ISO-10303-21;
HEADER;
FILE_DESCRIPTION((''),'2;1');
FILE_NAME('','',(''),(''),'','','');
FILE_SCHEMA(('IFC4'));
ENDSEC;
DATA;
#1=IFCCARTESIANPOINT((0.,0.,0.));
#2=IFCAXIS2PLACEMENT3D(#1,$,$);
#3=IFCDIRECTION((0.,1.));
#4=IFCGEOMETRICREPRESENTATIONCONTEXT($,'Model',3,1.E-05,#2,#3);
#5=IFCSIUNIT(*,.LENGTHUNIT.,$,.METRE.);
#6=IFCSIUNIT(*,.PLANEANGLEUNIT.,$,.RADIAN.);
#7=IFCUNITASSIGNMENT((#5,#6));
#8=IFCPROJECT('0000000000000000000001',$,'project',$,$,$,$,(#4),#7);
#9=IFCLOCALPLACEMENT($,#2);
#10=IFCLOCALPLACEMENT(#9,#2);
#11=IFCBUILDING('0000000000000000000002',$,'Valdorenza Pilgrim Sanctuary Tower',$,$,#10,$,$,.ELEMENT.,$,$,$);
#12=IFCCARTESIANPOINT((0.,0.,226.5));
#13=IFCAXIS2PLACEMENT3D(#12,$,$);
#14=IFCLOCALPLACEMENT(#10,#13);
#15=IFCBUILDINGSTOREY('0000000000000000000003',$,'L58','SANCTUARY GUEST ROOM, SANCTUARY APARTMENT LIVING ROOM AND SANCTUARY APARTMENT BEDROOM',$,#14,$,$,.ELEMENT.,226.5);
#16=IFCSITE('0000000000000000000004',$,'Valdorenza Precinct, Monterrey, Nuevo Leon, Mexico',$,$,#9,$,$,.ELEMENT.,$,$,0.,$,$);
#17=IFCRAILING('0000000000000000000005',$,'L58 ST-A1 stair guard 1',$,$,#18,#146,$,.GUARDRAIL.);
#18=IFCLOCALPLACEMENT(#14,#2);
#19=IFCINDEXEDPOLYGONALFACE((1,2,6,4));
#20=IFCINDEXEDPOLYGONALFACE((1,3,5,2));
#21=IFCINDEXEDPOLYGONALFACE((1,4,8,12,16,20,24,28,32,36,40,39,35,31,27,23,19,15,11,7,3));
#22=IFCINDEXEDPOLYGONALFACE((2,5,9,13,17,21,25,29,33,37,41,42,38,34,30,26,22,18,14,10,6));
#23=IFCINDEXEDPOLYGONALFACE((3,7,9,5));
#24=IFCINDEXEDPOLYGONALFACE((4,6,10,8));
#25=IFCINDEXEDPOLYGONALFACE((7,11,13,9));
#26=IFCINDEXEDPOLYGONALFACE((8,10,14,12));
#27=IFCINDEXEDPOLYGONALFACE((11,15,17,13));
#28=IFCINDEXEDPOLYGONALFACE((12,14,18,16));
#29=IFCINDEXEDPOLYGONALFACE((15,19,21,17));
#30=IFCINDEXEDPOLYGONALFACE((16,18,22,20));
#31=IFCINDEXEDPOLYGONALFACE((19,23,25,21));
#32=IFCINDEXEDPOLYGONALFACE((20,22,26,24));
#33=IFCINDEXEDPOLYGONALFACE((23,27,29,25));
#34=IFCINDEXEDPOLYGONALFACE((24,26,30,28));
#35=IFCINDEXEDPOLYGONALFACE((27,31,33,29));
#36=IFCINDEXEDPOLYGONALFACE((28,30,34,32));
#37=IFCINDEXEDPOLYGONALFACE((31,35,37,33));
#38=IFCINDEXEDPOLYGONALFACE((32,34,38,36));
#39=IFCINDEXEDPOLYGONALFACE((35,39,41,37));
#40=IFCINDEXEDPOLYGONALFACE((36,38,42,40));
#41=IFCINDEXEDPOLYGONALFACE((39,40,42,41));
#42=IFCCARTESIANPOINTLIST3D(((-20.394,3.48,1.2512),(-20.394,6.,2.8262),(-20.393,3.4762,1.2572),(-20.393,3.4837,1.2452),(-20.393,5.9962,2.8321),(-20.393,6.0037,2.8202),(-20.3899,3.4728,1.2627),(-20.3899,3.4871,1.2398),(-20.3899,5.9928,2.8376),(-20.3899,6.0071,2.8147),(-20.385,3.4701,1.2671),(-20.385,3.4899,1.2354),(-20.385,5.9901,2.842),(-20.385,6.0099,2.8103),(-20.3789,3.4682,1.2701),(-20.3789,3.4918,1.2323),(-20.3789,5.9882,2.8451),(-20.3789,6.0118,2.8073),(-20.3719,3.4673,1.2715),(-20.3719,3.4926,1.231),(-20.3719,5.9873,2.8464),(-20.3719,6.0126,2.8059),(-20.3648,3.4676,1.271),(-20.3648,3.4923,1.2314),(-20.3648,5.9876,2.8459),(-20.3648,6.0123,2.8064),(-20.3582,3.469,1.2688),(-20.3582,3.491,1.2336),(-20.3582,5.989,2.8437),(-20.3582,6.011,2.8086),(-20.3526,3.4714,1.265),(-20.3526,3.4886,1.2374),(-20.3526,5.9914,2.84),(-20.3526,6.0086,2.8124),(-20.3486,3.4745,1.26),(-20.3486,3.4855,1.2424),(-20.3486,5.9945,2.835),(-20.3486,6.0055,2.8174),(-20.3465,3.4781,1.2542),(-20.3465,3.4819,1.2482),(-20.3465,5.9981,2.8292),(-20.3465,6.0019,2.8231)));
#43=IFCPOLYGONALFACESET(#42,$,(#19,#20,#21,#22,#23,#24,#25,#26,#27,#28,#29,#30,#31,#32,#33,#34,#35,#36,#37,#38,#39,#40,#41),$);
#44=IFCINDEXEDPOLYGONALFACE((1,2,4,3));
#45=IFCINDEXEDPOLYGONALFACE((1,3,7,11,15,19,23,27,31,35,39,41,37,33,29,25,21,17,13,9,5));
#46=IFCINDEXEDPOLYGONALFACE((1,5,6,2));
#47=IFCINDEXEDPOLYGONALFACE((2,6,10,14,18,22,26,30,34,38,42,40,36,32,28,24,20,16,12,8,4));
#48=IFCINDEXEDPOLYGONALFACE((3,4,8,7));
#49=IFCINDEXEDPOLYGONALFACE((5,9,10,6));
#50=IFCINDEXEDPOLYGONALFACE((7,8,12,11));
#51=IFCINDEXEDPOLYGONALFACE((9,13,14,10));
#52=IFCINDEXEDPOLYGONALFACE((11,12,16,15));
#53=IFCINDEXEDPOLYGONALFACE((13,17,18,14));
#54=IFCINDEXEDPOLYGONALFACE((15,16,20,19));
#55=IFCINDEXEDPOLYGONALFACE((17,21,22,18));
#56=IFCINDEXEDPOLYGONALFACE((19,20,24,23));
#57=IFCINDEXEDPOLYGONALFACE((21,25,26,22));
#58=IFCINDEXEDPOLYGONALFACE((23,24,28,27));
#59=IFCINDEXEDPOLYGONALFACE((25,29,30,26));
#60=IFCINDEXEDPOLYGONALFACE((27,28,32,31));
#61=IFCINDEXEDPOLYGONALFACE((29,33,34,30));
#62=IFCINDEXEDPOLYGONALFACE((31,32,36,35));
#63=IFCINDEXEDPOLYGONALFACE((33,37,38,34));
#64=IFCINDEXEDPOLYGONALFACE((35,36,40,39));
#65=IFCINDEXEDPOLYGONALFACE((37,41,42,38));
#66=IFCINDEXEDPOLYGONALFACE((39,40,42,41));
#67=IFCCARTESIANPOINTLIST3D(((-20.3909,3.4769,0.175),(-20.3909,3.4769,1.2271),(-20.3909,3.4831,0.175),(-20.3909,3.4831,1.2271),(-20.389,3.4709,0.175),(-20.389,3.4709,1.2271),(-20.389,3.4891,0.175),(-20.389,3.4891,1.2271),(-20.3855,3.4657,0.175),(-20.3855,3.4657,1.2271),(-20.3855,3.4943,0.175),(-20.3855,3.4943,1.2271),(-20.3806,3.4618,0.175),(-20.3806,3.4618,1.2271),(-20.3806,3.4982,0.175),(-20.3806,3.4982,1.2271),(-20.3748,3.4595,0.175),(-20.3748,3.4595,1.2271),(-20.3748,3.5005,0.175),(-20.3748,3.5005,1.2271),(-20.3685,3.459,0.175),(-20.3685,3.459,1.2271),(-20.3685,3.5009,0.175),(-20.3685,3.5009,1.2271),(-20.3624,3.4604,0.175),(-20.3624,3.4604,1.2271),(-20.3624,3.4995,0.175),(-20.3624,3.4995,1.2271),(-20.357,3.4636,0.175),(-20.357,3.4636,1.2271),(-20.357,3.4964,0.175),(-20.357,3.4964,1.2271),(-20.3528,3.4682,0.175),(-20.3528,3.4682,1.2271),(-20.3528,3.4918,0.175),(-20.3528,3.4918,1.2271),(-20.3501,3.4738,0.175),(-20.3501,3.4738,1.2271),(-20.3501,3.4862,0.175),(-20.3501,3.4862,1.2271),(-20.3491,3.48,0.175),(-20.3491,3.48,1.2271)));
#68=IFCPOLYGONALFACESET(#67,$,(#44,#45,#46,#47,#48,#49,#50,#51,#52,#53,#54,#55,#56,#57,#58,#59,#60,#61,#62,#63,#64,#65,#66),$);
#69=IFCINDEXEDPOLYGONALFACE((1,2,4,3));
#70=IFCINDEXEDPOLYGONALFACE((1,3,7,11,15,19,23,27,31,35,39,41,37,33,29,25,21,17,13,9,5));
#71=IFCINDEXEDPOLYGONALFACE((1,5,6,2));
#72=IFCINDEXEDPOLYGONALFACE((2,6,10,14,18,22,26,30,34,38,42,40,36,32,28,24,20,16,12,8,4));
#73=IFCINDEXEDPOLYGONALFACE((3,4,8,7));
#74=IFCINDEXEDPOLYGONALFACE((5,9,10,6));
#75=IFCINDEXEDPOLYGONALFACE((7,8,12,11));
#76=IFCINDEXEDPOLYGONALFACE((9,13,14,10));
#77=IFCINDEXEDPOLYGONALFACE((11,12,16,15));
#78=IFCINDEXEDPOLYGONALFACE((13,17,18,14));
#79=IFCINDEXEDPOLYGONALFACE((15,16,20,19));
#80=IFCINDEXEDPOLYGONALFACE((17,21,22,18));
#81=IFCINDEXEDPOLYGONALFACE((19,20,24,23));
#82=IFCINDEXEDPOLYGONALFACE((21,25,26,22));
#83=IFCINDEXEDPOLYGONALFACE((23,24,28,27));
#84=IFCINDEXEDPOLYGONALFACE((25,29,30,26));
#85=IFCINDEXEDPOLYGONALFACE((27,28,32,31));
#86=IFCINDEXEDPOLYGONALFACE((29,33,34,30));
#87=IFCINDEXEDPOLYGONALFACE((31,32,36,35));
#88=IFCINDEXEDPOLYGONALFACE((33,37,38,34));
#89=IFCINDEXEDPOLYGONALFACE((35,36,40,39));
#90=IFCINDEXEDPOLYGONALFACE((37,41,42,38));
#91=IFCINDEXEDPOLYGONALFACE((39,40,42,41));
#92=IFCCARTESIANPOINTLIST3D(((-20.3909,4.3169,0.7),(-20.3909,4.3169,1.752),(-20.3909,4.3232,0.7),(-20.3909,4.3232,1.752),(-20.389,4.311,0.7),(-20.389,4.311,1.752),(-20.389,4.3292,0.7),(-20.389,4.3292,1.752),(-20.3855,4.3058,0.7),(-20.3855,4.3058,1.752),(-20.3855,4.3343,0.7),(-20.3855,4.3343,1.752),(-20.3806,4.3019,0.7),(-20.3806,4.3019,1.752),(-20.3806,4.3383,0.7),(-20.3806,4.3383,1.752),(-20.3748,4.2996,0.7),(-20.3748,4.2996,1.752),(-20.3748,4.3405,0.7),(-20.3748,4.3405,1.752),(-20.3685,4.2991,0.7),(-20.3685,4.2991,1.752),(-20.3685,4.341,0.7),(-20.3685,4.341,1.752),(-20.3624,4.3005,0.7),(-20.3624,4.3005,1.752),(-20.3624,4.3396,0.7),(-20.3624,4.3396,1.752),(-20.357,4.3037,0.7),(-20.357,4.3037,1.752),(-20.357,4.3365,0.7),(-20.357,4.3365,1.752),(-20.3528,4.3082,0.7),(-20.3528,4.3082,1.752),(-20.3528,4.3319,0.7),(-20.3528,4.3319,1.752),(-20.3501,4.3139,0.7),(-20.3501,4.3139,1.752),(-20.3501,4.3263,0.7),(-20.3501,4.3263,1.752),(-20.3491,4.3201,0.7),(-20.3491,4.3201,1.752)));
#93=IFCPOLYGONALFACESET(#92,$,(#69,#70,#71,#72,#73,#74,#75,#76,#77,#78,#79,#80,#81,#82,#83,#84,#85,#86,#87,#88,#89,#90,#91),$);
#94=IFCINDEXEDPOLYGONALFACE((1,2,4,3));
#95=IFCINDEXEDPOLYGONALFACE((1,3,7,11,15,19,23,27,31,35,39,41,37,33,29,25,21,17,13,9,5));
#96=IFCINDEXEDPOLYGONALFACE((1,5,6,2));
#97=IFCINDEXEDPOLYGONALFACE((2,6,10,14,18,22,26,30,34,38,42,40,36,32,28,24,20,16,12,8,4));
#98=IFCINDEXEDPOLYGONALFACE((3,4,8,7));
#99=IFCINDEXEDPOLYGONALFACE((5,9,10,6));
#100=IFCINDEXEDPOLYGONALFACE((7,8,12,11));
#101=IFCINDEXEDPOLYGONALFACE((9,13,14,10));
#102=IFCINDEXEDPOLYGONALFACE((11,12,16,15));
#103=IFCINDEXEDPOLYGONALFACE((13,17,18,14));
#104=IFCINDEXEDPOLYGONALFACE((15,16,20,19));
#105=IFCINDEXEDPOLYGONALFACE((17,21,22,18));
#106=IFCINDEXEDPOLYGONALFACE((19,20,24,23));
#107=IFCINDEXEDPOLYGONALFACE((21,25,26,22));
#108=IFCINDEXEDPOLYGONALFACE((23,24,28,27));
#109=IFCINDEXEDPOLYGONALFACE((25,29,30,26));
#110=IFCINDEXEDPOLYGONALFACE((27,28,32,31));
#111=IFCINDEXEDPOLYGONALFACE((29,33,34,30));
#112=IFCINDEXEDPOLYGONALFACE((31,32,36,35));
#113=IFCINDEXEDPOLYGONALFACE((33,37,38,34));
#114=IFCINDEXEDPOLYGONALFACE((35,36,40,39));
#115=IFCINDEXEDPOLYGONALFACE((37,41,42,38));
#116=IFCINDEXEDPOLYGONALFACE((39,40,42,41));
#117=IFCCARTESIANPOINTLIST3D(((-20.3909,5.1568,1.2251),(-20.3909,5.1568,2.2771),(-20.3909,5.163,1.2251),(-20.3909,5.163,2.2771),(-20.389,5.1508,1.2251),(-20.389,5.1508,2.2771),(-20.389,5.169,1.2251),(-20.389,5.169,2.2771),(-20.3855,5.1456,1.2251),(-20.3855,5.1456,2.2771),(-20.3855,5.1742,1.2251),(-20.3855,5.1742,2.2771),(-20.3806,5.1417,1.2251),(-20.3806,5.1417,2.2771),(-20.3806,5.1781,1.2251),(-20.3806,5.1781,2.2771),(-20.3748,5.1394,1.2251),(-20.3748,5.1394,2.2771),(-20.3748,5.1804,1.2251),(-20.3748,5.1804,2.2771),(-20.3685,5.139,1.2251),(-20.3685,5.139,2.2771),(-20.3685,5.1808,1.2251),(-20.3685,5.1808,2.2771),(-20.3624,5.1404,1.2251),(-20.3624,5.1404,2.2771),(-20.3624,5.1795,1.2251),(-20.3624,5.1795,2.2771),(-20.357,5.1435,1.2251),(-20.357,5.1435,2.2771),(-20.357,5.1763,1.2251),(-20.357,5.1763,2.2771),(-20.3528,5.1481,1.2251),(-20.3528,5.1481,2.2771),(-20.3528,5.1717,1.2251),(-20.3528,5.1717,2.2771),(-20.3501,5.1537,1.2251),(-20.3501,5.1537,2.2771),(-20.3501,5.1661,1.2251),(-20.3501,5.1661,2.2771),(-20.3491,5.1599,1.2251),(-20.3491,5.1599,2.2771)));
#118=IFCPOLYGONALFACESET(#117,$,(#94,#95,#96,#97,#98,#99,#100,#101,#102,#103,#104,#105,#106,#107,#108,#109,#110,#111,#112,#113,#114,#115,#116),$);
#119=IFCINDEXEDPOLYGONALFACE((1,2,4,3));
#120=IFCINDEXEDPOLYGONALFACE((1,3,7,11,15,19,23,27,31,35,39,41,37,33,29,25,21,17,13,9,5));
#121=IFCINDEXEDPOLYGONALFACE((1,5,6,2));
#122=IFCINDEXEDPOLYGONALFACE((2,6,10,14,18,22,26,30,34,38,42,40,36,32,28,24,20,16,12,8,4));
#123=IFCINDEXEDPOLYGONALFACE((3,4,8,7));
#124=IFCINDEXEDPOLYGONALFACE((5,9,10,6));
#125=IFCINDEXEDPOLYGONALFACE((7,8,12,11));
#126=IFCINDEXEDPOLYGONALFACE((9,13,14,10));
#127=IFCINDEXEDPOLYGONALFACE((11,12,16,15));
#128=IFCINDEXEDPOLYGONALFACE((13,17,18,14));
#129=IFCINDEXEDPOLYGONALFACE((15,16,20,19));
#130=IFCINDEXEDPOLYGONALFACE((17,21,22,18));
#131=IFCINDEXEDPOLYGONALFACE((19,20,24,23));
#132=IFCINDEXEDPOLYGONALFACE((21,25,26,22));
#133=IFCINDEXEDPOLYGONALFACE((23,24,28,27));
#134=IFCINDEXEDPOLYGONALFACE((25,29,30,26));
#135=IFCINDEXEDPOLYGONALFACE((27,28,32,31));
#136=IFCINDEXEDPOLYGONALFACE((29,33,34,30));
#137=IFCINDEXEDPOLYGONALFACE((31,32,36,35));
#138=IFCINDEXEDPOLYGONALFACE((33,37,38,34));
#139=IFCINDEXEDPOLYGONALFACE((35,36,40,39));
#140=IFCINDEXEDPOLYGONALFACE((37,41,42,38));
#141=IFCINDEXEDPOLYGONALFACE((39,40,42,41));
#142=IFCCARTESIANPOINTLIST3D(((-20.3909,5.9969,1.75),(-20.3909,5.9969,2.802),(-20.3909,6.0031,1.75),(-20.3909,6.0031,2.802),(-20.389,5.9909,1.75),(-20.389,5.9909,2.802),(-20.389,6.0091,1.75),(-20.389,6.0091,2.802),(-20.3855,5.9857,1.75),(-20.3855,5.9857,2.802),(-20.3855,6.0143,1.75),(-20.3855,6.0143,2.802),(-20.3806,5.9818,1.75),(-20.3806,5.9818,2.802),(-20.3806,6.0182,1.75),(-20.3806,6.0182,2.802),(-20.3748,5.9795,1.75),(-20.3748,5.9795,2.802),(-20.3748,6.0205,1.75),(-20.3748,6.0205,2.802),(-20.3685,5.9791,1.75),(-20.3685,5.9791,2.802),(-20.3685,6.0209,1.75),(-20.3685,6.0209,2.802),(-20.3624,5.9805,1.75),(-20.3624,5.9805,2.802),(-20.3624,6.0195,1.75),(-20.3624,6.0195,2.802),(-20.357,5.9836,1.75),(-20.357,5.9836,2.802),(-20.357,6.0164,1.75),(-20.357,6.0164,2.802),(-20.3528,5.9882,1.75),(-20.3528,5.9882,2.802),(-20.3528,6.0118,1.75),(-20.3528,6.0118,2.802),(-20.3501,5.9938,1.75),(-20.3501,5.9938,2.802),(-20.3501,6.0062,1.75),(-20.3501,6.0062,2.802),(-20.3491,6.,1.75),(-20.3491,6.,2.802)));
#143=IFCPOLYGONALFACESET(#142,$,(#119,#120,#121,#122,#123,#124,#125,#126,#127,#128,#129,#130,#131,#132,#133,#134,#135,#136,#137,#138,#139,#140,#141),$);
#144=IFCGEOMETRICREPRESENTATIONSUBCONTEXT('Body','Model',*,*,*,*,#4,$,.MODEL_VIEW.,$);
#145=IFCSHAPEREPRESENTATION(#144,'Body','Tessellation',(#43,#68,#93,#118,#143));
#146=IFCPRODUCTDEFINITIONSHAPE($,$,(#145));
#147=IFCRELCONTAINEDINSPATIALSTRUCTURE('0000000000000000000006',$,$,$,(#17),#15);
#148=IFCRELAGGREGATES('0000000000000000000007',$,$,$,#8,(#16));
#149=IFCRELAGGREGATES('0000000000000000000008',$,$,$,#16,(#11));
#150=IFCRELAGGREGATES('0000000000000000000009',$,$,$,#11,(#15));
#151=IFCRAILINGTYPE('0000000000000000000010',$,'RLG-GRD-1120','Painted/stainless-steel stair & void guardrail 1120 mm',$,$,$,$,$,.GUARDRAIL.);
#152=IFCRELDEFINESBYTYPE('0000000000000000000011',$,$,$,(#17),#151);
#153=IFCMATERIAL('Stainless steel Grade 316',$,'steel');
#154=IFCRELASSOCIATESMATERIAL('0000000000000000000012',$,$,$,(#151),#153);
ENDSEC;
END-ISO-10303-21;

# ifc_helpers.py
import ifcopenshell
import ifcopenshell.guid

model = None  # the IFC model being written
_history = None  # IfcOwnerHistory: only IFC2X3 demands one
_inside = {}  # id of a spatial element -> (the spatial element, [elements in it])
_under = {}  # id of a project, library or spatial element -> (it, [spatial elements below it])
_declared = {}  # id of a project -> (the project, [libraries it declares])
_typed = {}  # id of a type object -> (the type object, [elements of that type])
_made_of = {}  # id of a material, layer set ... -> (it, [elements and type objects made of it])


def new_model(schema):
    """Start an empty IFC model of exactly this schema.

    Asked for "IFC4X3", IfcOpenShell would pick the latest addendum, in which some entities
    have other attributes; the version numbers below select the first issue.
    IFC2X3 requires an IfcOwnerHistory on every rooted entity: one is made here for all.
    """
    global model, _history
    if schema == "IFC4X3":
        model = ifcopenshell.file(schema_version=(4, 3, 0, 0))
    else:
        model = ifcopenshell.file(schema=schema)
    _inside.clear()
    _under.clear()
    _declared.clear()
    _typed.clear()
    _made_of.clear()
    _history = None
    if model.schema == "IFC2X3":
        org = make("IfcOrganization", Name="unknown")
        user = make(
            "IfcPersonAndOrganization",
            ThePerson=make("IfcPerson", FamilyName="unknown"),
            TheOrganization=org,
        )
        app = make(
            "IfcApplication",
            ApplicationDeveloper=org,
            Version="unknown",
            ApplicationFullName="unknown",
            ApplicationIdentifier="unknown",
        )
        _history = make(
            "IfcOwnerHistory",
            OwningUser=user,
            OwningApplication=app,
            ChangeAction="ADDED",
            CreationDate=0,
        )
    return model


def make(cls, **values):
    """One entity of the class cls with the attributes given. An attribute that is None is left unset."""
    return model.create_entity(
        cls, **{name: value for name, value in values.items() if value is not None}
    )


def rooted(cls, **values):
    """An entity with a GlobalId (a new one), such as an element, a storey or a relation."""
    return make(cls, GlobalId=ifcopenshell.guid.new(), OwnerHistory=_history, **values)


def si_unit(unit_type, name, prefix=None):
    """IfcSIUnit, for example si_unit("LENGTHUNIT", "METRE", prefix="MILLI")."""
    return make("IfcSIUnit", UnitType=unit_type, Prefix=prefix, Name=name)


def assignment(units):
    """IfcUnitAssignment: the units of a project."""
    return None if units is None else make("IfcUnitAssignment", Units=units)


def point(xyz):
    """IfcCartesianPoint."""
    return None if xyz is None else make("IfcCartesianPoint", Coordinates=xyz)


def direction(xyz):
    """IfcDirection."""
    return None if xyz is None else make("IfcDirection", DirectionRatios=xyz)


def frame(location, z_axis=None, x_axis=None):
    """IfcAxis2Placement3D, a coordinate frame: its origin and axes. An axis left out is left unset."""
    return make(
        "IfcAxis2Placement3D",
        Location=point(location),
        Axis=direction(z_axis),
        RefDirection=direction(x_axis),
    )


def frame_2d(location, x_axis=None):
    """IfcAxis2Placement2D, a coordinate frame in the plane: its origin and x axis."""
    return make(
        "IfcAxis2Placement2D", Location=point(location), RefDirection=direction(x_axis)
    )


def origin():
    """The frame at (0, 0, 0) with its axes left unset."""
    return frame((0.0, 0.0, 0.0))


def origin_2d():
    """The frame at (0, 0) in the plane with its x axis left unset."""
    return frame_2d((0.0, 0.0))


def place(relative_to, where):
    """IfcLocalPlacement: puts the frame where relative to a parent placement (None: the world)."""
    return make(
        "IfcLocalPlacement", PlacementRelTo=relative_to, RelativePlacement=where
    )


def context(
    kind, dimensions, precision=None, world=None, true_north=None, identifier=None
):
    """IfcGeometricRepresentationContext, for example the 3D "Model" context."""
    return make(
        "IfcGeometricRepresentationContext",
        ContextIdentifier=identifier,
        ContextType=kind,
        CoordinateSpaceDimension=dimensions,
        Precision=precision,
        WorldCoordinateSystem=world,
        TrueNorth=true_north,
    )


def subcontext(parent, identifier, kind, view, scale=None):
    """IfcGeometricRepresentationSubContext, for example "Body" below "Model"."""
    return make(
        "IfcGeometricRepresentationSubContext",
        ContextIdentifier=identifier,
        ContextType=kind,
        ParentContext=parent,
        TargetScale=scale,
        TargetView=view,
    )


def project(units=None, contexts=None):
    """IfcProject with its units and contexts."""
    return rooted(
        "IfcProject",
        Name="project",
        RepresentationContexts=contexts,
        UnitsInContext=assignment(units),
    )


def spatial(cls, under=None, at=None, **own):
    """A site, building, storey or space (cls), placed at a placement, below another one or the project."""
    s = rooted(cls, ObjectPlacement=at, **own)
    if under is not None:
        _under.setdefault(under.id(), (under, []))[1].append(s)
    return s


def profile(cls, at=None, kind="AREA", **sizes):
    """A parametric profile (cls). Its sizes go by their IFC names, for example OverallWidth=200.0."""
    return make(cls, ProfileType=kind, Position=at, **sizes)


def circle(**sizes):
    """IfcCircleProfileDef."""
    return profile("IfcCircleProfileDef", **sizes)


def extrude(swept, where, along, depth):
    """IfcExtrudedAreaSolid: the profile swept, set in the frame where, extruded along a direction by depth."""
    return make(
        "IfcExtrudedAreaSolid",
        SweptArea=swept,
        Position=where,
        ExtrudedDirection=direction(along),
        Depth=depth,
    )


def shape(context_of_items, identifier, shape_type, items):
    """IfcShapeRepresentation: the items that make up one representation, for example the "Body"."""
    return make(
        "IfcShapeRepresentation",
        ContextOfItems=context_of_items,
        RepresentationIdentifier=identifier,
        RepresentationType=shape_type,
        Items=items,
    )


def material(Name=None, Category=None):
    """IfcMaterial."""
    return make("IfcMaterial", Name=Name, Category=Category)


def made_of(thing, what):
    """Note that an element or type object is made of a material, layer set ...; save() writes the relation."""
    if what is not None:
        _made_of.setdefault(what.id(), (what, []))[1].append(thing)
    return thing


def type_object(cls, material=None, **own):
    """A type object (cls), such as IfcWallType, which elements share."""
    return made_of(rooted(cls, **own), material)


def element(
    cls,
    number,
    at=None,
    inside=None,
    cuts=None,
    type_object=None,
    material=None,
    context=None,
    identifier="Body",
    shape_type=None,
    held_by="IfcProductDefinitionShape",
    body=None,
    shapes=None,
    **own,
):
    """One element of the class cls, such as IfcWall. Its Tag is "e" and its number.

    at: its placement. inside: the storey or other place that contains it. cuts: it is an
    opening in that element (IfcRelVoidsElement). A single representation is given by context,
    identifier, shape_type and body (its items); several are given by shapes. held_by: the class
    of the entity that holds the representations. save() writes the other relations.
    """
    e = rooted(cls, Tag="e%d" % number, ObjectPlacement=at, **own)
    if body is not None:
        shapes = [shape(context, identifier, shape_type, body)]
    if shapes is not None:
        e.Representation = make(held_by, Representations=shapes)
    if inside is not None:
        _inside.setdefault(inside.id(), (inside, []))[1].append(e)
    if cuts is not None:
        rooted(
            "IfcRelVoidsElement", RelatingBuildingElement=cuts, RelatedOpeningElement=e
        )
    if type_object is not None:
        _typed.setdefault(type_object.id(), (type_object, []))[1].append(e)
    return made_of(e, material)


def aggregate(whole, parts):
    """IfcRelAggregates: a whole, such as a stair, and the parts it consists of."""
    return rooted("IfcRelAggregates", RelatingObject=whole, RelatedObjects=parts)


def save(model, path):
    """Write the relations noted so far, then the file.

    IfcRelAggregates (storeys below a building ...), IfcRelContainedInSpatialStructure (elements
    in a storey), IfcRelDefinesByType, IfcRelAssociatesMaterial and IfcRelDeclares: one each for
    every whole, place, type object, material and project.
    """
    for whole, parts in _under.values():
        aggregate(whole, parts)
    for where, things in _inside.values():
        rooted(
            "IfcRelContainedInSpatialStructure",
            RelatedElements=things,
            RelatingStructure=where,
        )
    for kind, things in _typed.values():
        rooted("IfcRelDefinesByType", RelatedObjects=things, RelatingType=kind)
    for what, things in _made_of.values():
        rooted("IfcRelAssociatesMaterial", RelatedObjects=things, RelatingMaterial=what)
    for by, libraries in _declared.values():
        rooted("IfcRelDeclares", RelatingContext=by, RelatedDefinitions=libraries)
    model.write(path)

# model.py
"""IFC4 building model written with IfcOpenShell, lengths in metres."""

from ifc_helpers import new_model, si_unit, direction, frame, origin, origin_2d, place, context, subcontext, project, spatial, circle, extrude, material, type_object, element, save


model = new_model("IFC4")

# Units and contexts
model_context = context("Model", 3, precision=1e-05, world=origin(), true_north=direction((0.0, 1.0)))
body_context = subcontext(model_context, "Body", "Model", "MODEL_VIEW")
ifc_project = project(units=[si_unit("LENGTHUNIT", "METRE"), si_unit("PLANEANGLEUNIT", "RADIAN")], contexts=[model_context])

# Site, building, storey
site_placement = place(None, origin())
site = spatial("IfcSite", under=ifc_project, at=site_placement, Name="Valdorenza Precinct, Monterrey, Nuevo Leon, Mexico", CompositionType="ELEMENT", RefElevation=0.0)
building_placement = place(site_placement, origin())
building = spatial("IfcBuilding", under=site, at=building_placement, Name="Valdorenza Pilgrim Sanctuary Tower", CompositionType="ELEMENT")
storey_placement = place(building_placement, frame((0.0, 0.0, 226.5)))
storey = spatial("IfcBuildingStorey", under=building, at=storey_placement, Name="L58", Description="SANCTUARY GUEST ROOM, SANCTUARY APARTMENT LIVING ROOM AND SANCTUARY APARTMENT BEDROOM", CompositionType="ELEMENT", Elevation=226.5)

# Railing
ifc_material_1 = material(Name="Stainless steel Grade 316", Category="steel")
railing_type_1 = type_object("IfcRailingType", Name="RLG-GRD-1120", Description="Painted/stainless-steel stair & void guardrail 1120 mm", PredefinedType="GUARDRAIL", material=ifc_material_1)
railing_1_placement = place(storey_placement, frame((-20.3701, 3.48, 0.175)))
element("IfcRailing", 1, at=railing_1_placement, inside=storey, type_object=railing_type_1, Name="L58 ST-A1 stair guard 1", PredefinedType="GUARDRAIL", context=body_context, shape_type="SweptSolid", body=[
    extrude(circle(Radius=0.0239, at=origin_2d()), frame((0.0, 0.0, 1.0762), z_axis=(0.0, 0.848008, 0.529984), x_axis=(-1.0, 0.0, 0.0)), (0.0, 0.0, 1.0), 2.9717),
    extrude(circle(Radius=0.021, at=origin_2d()), origin(), (0.0, 0.0, 1.0), 1.052),
    extrude(circle(Radius=0.021, at=origin_2d()), frame((0.0, 0.8401, 0.5249)), (0.0, 0.0, 1.0), 1.052),
    extrude(circle(Radius=0.021, at=origin_2d()), frame((0.0, 1.6799, 1.05)), (0.0, 0.0, 1.0), 1.052),
    extrude(circle(Radius=0.021, at=origin_2d()), frame((0.0, 2.52, 1.575)), (0.0, 0.0, 1.0), 1.052),
])

save(model, "model.ifc")
